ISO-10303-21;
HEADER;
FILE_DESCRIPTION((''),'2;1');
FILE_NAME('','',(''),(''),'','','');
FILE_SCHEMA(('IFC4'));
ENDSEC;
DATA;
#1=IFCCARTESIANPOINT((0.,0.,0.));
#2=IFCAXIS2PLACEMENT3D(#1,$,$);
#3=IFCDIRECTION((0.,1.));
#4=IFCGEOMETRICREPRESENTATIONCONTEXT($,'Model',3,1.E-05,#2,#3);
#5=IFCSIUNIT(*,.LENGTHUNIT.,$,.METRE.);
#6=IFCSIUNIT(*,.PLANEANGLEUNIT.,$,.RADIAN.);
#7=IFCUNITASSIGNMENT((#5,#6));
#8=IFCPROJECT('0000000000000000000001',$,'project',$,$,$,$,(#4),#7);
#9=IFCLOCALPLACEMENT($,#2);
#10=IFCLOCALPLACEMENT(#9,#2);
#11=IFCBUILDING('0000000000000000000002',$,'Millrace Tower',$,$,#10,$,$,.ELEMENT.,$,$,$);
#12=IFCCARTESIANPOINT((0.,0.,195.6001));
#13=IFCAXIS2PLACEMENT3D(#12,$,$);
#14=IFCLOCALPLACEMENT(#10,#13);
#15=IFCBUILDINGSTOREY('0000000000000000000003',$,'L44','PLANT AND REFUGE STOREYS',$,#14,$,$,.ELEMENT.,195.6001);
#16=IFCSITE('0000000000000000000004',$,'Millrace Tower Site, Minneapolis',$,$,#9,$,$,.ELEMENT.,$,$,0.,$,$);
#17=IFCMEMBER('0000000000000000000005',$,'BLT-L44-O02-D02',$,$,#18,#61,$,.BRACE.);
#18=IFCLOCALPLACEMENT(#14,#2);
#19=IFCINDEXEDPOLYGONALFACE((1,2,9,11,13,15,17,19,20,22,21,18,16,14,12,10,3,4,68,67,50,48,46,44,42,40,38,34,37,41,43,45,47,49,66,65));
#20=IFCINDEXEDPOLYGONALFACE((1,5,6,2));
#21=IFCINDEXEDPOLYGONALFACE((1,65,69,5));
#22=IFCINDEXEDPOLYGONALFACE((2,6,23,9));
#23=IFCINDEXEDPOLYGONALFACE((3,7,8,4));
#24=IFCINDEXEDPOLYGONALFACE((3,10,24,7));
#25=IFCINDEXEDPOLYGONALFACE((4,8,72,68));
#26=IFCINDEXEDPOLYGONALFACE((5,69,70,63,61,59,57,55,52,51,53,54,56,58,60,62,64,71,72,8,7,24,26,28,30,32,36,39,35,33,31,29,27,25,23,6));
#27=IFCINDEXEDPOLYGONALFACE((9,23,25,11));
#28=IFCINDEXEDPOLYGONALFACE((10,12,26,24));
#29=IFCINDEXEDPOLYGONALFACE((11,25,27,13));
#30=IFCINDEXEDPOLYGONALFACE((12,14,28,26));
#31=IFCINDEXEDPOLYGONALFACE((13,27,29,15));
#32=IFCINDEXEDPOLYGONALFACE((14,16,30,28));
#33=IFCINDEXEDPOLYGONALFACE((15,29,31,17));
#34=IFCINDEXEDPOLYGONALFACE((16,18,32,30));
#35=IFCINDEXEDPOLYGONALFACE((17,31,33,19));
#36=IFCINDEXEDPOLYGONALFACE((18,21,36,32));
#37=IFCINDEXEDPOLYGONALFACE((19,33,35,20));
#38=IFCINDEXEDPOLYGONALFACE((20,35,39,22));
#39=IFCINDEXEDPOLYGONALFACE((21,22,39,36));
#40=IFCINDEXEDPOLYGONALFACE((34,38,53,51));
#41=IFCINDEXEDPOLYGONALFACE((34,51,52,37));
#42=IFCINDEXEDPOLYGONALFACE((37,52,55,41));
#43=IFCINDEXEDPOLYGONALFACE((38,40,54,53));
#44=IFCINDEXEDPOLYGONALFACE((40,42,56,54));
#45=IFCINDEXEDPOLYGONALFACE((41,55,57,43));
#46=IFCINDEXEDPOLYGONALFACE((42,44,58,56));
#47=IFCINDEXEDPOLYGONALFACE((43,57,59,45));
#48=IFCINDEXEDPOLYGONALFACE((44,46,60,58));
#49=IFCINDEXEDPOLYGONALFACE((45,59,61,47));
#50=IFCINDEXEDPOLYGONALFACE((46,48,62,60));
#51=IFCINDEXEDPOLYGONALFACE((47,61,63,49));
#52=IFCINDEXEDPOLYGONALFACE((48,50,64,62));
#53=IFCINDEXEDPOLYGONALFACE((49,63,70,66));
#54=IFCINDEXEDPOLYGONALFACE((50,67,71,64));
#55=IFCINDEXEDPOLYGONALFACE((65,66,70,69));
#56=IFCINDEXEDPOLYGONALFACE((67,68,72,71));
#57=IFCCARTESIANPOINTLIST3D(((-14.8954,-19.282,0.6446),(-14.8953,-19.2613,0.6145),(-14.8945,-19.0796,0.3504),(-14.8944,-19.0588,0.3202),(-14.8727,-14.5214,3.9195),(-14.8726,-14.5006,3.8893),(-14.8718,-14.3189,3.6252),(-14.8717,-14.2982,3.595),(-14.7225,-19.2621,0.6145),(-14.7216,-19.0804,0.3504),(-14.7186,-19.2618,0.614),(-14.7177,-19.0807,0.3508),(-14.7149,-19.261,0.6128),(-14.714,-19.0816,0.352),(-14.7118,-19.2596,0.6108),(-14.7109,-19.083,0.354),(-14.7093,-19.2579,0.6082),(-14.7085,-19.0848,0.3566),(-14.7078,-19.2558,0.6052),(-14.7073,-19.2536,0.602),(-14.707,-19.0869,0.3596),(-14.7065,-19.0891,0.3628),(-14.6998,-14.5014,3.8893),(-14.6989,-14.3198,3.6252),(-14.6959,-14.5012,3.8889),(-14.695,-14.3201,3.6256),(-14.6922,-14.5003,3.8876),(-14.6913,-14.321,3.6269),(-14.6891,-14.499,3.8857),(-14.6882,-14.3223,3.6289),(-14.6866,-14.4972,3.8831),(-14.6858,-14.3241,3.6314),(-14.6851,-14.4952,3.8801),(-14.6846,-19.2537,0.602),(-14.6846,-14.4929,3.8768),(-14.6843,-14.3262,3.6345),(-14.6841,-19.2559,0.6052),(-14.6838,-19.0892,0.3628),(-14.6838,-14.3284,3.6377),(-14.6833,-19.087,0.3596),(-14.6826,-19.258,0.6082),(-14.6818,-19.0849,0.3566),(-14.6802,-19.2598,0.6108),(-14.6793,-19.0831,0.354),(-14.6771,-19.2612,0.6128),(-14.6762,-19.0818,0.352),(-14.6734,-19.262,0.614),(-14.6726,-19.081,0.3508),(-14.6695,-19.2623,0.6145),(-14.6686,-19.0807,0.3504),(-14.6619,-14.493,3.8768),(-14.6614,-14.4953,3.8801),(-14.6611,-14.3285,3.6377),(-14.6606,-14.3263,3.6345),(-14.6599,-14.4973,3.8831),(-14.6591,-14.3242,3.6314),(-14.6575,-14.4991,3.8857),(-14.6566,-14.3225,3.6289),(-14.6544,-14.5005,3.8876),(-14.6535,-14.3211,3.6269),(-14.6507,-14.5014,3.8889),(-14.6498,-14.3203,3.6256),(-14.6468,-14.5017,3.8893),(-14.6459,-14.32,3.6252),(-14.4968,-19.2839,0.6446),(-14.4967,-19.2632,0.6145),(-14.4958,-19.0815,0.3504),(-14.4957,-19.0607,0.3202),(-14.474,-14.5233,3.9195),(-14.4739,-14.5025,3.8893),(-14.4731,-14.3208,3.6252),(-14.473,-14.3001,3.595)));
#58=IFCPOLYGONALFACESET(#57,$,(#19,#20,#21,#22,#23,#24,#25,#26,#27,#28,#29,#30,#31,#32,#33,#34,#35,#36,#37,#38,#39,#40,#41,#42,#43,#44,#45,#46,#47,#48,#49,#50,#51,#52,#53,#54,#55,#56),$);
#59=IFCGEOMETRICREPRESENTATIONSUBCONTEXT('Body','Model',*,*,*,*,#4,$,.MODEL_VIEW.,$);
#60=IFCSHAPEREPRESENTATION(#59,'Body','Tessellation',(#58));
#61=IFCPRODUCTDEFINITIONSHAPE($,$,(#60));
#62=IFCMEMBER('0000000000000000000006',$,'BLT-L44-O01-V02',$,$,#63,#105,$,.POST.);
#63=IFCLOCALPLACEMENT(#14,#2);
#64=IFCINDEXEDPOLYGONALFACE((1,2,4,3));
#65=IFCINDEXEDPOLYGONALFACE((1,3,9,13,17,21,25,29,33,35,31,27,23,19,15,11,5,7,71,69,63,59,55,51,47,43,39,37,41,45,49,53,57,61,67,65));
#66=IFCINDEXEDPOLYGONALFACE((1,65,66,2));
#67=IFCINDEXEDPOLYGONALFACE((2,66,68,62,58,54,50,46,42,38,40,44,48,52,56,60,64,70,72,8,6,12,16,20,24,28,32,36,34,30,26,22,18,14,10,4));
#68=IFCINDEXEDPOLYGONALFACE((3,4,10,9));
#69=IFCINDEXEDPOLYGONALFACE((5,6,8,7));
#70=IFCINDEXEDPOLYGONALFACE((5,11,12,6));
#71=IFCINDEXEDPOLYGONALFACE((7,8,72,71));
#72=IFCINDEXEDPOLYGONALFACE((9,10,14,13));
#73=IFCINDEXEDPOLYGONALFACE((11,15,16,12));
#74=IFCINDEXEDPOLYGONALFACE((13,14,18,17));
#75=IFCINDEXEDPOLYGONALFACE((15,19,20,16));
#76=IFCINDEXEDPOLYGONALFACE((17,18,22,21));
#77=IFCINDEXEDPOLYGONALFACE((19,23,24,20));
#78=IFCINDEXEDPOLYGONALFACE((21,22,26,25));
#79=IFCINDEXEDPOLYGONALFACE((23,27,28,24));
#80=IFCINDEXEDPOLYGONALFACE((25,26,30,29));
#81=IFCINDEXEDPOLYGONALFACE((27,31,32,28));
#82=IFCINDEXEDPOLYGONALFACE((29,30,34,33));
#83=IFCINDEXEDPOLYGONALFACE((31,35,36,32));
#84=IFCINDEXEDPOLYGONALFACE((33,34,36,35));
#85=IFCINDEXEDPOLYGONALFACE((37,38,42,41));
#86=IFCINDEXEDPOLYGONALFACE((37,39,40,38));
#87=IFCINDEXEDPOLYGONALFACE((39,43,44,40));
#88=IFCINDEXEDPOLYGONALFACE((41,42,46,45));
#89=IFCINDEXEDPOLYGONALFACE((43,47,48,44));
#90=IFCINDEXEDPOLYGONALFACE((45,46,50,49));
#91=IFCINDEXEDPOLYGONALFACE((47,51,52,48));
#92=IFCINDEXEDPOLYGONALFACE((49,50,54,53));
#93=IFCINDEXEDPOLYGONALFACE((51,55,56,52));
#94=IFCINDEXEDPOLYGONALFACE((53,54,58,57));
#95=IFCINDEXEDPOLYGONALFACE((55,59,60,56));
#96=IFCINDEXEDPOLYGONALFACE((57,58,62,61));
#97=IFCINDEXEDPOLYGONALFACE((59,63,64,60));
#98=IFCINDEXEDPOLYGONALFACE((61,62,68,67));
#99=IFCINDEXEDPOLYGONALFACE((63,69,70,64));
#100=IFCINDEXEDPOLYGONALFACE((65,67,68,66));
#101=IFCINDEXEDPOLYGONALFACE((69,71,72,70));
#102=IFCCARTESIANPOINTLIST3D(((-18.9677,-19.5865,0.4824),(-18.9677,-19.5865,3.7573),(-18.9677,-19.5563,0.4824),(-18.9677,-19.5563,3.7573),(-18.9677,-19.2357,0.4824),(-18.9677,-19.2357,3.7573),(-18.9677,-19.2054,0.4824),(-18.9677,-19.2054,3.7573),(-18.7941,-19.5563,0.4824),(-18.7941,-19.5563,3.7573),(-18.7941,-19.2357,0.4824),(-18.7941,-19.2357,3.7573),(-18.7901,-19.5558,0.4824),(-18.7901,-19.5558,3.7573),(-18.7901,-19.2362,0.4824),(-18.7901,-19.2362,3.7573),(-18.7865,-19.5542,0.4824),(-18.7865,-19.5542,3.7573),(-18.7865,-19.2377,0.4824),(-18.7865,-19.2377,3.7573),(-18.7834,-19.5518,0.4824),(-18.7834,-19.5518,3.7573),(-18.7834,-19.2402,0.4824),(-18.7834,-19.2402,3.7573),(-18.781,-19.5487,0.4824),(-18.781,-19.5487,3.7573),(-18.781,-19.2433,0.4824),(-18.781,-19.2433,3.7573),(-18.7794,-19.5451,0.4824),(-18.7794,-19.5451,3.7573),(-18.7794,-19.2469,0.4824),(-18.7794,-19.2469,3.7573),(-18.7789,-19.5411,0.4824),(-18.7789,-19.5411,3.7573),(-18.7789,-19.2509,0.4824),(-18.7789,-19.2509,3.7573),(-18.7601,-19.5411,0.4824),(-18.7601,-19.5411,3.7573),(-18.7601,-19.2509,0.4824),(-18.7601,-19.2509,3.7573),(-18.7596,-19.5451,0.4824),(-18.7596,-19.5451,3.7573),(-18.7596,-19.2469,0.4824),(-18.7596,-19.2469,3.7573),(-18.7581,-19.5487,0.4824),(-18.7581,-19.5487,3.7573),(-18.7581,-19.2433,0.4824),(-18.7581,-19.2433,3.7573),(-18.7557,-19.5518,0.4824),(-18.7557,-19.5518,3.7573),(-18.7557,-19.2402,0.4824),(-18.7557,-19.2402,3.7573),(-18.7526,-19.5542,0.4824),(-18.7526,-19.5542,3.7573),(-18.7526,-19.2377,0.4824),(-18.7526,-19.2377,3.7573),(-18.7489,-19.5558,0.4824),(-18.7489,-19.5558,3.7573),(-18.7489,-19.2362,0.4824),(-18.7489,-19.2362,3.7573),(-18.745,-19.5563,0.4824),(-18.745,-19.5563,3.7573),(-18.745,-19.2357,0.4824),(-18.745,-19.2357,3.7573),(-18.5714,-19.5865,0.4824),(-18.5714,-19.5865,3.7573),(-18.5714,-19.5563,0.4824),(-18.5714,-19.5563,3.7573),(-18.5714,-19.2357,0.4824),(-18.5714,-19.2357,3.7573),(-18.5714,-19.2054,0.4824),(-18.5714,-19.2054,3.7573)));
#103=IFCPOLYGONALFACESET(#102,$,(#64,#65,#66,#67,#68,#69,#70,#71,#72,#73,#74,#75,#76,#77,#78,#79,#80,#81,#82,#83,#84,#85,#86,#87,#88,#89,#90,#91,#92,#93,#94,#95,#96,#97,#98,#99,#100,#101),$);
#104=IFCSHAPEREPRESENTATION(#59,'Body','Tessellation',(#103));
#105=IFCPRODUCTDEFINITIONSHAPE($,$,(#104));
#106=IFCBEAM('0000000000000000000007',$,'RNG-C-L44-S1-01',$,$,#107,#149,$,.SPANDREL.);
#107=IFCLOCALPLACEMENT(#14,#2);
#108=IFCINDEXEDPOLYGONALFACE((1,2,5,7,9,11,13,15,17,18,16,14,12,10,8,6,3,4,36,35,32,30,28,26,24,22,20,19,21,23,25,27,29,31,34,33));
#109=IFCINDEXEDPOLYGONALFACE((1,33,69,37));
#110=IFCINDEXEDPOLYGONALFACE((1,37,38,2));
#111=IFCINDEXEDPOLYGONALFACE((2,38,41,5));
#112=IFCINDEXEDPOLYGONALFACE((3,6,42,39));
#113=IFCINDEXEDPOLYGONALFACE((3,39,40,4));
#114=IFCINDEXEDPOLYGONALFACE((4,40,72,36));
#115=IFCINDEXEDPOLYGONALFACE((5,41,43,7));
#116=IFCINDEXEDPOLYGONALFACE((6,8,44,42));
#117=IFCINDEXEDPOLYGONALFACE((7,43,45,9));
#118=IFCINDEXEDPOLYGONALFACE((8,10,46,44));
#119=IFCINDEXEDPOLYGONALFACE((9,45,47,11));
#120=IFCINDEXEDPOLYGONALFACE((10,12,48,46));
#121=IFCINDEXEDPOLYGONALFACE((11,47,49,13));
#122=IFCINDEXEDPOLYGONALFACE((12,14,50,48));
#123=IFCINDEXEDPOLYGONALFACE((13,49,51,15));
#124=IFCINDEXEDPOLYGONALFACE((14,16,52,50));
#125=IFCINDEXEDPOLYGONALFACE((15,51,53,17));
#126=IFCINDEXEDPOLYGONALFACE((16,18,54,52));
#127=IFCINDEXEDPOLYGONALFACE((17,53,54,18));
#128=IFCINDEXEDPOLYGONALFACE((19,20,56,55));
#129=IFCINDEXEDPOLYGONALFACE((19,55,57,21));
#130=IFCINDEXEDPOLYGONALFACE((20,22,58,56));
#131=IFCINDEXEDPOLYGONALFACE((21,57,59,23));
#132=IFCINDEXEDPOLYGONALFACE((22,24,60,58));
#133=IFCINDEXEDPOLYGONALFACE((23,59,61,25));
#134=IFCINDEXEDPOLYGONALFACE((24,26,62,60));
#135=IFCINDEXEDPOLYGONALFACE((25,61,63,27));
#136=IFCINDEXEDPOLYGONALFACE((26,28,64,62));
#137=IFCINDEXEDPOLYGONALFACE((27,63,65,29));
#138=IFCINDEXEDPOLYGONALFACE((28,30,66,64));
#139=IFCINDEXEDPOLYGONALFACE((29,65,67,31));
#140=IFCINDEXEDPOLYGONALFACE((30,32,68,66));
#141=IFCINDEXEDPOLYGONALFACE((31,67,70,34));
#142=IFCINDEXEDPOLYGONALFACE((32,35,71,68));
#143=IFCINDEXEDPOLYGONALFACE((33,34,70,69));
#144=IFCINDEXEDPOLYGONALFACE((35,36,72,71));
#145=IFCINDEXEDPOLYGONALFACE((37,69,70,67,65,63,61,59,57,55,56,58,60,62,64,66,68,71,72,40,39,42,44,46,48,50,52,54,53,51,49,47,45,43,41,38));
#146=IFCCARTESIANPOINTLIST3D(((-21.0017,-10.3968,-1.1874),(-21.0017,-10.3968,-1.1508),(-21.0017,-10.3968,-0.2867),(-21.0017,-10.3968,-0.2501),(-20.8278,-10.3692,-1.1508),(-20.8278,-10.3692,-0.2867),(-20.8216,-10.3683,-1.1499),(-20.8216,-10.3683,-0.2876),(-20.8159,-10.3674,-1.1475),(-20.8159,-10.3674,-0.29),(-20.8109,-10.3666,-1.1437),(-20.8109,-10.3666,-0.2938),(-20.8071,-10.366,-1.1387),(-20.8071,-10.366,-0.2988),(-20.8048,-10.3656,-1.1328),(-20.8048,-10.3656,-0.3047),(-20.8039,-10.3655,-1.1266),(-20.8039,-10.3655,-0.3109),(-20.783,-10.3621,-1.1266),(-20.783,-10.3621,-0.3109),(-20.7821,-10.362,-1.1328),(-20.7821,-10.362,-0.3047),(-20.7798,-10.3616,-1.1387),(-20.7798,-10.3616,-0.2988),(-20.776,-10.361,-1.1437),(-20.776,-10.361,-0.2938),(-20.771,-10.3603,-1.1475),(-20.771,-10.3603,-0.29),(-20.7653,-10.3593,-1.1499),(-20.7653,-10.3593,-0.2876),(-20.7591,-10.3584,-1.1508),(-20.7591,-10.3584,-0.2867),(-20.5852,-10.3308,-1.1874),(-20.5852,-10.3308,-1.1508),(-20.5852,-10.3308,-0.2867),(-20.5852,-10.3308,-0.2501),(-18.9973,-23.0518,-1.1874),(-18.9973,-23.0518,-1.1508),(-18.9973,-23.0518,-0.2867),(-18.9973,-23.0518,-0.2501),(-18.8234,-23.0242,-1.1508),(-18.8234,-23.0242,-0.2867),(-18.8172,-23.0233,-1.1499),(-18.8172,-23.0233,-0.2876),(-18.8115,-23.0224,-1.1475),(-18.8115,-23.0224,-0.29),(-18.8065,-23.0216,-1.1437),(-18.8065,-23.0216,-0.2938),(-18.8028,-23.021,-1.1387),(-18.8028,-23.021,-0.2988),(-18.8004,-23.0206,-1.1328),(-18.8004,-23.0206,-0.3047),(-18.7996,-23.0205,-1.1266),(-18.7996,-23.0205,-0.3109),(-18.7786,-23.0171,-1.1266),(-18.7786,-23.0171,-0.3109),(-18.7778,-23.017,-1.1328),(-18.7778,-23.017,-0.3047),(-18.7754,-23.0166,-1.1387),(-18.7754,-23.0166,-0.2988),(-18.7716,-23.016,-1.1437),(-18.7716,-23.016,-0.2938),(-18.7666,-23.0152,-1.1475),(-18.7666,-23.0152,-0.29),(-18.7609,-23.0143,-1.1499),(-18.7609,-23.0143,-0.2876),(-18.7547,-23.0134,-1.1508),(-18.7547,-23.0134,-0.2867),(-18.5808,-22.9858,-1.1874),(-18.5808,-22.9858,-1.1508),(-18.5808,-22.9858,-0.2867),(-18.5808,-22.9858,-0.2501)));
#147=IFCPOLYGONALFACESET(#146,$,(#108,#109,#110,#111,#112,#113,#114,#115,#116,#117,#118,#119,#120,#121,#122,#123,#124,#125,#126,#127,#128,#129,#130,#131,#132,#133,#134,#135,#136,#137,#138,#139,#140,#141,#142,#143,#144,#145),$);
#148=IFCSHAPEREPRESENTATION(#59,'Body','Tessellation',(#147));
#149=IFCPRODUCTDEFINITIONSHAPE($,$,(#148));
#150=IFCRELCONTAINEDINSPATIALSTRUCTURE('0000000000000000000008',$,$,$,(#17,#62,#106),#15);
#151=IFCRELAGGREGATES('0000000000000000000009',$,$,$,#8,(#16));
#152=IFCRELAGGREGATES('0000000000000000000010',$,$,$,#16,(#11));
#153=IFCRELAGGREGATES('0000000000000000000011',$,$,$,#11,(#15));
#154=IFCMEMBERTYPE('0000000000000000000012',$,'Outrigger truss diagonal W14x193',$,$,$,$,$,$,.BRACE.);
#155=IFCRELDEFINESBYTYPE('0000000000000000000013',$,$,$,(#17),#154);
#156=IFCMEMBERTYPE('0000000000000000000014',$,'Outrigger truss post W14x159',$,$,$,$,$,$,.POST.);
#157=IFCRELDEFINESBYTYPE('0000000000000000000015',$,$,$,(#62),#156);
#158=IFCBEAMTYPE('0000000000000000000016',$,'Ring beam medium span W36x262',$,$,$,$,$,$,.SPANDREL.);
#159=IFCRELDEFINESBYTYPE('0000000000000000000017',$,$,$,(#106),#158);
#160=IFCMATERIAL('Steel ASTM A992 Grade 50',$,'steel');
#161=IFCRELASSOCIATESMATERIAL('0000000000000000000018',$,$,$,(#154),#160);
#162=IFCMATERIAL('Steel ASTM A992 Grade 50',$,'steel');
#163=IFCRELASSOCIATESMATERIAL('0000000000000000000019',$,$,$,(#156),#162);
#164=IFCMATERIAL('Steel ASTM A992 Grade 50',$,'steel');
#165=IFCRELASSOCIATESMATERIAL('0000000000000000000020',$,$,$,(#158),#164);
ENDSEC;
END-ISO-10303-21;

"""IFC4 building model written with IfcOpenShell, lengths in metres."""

from ifc_helpers import new_model, si_unit, direction, frame, origin, origin_2d, place, context, subcontext, project, spatial, i_section, extrude, material, material_profile, profile_set, type_object, element, save


model = new_model("IFC4")

# Units and contexts
model_context = context("Model", 3, precision=1e-05, world=origin(), true_north=direction((0.0, 1.0)))
body_context = subcontext(model_context, "Body", "Model", "MODEL_VIEW")
ifc_project = project(units=[si_unit("LENGTHUNIT", "METRE"), si_unit("PLANEANGLEUNIT", "RADIAN")], contexts=[model_context])

# Site, building, storey
site_placement = place(None, origin())
site = spatial("IfcSite", under=ifc_project, at=site_placement, Name="Millrace Tower Site, Minneapolis", CompositionType="ELEMENT", RefElevation=0.0)
building_placement = place(site_placement, origin())
building = spatial("IfcBuilding", under=site, at=building_placement, Name="Millrace Tower", CompositionType="ELEMENT")
storey_placement = place(building_placement, frame((0.0, 0.0, 195.6001)))
storey = spatial("IfcBuildingStorey", under=building, at=storey_placement, Name="L44", Description="PLANT AND REFUGE STOREYS", CompositionType="ELEMENT", Elevation=195.6001)

# Members
ifc_material_1 = material(Name="Steel ASTM A992 Grade 50", Category="steel")
ifc_material_profile_1 = material_profile(ifc_material_1, i_section(OverallWidth=0.3987, OverallDepth=0.3938, WebThickness=0.0227, FlangeThickness=0.0366, FilletRadius=0.0151, at=origin_2d()))
ifc_profile_set_1 = profile_set([ifc_material_profile_1], Name="Steel ASTM A992 Grade 50")
member_type_1 = type_object("IfcMemberType", Name="Outrigger truss diagonal W14x193", PredefinedType="BRACE", material=ifc_profile_set_1)
member_1_placement = place(storey_placement, frame((-14.6956, -19.1714, 0.4824), z_axis=(0.003929, 0.823883, 0.566747), x_axis=(-0.999989, 0.004769, 0.0)))
element("IfcMember", 1, at=member_1_placement, inside=storey, type_object=member_type_1, Name="BLT-L44-O02-D02", PredefinedType="BRACE", context=body_context, shape_type="SweptSolid", body=[
    extrude(i_section(OverallWidth=0.3987, OverallDepth=0.3938, WebThickness=0.0227, FlangeThickness=0.0366, FilletRadius=0.0151, at=origin_2d()), origin(), (0.0, 0.0, 1.0), 5.7783),
])
ifc_material_2 = material(Name="Steel ASTM A992 Grade 50", Category="steel")
ifc_material_profile_2 = material_profile(ifc_material_2, i_section(OverallWidth=0.3962, OverallDepth=0.3811, WebThickness=0.0188, FlangeThickness=0.0303, FilletRadius=0.0151, at=origin_2d()))
ifc_profile_set_2 = profile_set([ifc_material_profile_2], Name="Steel ASTM A992 Grade 50")
member_type_2 = type_object("IfcMemberType", Name="Outrigger truss post W14x159", PredefinedType="POST", material=ifc_profile_set_2)
member_2_placement = place(storey_placement, frame((-18.7695, -19.396, 0.4824), z_axis=(0.0, 0.0, 1.0), x_axis=(1.0, 0.0, 0.0)))
element("IfcMember", 2, at=member_2_placement, inside=storey, type_object=member_type_2, Name="BLT-L44-O01-V02", PredefinedType="POST", context=body_context, shape_type="SweptSolid", body=[
    extrude(i_section(OverallWidth=0.3962, OverallDepth=0.3811, WebThickness=0.0188, FlangeThickness=0.0303, FilletRadius=0.0151, at=origin_2d()), origin(), (0.0, 0.0, 1.0), 3.2749),
])

# Beam
ifc_material_3 = material(Name="Steel ASTM A992 Grade 50", Category="steel")
ifc_material_profile_3 = material_profile(ifc_material_3, i_section(OverallWidth=0.4216, OverallDepth=0.9373, WebThickness=0.0212, FlangeThickness=0.0366, FilletRadius=0.0242, at=origin_2d()))
ifc_profile_set_3 = profile_set([ifc_material_profile_3], Name="Steel ASTM A992 Grade 50")
beam_type_1 = type_object("IfcBeamType", Name="Ring beam medium span W36x262", PredefinedType="SPANDREL", material=ifc_profile_set_3)
beam_1_placement = place(storey_placement, frame((-18.7891, -23.0188, -0.7188), z_axis=(-0.156437, 0.987688, 0.0), x_axis=(-0.987688, -0.156437, 0.0)))
element("IfcBeam", 3, at=beam_1_placement, inside=storey, type_object=beam_type_1, Name="RNG-C-L44-S1-01", PredefinedType="SPANDREL", context=body_context, shape_type="SweptSolid", body=[
    extrude(i_section(OverallWidth=0.4216, OverallDepth=0.9373, WebThickness=0.0212, FlangeThickness=0.0366, FilletRadius=0.0242, at=origin_2d()), origin(), (0.0, 0.0, 1.0), 12.8127),
])

save(model, "model.ifc")
